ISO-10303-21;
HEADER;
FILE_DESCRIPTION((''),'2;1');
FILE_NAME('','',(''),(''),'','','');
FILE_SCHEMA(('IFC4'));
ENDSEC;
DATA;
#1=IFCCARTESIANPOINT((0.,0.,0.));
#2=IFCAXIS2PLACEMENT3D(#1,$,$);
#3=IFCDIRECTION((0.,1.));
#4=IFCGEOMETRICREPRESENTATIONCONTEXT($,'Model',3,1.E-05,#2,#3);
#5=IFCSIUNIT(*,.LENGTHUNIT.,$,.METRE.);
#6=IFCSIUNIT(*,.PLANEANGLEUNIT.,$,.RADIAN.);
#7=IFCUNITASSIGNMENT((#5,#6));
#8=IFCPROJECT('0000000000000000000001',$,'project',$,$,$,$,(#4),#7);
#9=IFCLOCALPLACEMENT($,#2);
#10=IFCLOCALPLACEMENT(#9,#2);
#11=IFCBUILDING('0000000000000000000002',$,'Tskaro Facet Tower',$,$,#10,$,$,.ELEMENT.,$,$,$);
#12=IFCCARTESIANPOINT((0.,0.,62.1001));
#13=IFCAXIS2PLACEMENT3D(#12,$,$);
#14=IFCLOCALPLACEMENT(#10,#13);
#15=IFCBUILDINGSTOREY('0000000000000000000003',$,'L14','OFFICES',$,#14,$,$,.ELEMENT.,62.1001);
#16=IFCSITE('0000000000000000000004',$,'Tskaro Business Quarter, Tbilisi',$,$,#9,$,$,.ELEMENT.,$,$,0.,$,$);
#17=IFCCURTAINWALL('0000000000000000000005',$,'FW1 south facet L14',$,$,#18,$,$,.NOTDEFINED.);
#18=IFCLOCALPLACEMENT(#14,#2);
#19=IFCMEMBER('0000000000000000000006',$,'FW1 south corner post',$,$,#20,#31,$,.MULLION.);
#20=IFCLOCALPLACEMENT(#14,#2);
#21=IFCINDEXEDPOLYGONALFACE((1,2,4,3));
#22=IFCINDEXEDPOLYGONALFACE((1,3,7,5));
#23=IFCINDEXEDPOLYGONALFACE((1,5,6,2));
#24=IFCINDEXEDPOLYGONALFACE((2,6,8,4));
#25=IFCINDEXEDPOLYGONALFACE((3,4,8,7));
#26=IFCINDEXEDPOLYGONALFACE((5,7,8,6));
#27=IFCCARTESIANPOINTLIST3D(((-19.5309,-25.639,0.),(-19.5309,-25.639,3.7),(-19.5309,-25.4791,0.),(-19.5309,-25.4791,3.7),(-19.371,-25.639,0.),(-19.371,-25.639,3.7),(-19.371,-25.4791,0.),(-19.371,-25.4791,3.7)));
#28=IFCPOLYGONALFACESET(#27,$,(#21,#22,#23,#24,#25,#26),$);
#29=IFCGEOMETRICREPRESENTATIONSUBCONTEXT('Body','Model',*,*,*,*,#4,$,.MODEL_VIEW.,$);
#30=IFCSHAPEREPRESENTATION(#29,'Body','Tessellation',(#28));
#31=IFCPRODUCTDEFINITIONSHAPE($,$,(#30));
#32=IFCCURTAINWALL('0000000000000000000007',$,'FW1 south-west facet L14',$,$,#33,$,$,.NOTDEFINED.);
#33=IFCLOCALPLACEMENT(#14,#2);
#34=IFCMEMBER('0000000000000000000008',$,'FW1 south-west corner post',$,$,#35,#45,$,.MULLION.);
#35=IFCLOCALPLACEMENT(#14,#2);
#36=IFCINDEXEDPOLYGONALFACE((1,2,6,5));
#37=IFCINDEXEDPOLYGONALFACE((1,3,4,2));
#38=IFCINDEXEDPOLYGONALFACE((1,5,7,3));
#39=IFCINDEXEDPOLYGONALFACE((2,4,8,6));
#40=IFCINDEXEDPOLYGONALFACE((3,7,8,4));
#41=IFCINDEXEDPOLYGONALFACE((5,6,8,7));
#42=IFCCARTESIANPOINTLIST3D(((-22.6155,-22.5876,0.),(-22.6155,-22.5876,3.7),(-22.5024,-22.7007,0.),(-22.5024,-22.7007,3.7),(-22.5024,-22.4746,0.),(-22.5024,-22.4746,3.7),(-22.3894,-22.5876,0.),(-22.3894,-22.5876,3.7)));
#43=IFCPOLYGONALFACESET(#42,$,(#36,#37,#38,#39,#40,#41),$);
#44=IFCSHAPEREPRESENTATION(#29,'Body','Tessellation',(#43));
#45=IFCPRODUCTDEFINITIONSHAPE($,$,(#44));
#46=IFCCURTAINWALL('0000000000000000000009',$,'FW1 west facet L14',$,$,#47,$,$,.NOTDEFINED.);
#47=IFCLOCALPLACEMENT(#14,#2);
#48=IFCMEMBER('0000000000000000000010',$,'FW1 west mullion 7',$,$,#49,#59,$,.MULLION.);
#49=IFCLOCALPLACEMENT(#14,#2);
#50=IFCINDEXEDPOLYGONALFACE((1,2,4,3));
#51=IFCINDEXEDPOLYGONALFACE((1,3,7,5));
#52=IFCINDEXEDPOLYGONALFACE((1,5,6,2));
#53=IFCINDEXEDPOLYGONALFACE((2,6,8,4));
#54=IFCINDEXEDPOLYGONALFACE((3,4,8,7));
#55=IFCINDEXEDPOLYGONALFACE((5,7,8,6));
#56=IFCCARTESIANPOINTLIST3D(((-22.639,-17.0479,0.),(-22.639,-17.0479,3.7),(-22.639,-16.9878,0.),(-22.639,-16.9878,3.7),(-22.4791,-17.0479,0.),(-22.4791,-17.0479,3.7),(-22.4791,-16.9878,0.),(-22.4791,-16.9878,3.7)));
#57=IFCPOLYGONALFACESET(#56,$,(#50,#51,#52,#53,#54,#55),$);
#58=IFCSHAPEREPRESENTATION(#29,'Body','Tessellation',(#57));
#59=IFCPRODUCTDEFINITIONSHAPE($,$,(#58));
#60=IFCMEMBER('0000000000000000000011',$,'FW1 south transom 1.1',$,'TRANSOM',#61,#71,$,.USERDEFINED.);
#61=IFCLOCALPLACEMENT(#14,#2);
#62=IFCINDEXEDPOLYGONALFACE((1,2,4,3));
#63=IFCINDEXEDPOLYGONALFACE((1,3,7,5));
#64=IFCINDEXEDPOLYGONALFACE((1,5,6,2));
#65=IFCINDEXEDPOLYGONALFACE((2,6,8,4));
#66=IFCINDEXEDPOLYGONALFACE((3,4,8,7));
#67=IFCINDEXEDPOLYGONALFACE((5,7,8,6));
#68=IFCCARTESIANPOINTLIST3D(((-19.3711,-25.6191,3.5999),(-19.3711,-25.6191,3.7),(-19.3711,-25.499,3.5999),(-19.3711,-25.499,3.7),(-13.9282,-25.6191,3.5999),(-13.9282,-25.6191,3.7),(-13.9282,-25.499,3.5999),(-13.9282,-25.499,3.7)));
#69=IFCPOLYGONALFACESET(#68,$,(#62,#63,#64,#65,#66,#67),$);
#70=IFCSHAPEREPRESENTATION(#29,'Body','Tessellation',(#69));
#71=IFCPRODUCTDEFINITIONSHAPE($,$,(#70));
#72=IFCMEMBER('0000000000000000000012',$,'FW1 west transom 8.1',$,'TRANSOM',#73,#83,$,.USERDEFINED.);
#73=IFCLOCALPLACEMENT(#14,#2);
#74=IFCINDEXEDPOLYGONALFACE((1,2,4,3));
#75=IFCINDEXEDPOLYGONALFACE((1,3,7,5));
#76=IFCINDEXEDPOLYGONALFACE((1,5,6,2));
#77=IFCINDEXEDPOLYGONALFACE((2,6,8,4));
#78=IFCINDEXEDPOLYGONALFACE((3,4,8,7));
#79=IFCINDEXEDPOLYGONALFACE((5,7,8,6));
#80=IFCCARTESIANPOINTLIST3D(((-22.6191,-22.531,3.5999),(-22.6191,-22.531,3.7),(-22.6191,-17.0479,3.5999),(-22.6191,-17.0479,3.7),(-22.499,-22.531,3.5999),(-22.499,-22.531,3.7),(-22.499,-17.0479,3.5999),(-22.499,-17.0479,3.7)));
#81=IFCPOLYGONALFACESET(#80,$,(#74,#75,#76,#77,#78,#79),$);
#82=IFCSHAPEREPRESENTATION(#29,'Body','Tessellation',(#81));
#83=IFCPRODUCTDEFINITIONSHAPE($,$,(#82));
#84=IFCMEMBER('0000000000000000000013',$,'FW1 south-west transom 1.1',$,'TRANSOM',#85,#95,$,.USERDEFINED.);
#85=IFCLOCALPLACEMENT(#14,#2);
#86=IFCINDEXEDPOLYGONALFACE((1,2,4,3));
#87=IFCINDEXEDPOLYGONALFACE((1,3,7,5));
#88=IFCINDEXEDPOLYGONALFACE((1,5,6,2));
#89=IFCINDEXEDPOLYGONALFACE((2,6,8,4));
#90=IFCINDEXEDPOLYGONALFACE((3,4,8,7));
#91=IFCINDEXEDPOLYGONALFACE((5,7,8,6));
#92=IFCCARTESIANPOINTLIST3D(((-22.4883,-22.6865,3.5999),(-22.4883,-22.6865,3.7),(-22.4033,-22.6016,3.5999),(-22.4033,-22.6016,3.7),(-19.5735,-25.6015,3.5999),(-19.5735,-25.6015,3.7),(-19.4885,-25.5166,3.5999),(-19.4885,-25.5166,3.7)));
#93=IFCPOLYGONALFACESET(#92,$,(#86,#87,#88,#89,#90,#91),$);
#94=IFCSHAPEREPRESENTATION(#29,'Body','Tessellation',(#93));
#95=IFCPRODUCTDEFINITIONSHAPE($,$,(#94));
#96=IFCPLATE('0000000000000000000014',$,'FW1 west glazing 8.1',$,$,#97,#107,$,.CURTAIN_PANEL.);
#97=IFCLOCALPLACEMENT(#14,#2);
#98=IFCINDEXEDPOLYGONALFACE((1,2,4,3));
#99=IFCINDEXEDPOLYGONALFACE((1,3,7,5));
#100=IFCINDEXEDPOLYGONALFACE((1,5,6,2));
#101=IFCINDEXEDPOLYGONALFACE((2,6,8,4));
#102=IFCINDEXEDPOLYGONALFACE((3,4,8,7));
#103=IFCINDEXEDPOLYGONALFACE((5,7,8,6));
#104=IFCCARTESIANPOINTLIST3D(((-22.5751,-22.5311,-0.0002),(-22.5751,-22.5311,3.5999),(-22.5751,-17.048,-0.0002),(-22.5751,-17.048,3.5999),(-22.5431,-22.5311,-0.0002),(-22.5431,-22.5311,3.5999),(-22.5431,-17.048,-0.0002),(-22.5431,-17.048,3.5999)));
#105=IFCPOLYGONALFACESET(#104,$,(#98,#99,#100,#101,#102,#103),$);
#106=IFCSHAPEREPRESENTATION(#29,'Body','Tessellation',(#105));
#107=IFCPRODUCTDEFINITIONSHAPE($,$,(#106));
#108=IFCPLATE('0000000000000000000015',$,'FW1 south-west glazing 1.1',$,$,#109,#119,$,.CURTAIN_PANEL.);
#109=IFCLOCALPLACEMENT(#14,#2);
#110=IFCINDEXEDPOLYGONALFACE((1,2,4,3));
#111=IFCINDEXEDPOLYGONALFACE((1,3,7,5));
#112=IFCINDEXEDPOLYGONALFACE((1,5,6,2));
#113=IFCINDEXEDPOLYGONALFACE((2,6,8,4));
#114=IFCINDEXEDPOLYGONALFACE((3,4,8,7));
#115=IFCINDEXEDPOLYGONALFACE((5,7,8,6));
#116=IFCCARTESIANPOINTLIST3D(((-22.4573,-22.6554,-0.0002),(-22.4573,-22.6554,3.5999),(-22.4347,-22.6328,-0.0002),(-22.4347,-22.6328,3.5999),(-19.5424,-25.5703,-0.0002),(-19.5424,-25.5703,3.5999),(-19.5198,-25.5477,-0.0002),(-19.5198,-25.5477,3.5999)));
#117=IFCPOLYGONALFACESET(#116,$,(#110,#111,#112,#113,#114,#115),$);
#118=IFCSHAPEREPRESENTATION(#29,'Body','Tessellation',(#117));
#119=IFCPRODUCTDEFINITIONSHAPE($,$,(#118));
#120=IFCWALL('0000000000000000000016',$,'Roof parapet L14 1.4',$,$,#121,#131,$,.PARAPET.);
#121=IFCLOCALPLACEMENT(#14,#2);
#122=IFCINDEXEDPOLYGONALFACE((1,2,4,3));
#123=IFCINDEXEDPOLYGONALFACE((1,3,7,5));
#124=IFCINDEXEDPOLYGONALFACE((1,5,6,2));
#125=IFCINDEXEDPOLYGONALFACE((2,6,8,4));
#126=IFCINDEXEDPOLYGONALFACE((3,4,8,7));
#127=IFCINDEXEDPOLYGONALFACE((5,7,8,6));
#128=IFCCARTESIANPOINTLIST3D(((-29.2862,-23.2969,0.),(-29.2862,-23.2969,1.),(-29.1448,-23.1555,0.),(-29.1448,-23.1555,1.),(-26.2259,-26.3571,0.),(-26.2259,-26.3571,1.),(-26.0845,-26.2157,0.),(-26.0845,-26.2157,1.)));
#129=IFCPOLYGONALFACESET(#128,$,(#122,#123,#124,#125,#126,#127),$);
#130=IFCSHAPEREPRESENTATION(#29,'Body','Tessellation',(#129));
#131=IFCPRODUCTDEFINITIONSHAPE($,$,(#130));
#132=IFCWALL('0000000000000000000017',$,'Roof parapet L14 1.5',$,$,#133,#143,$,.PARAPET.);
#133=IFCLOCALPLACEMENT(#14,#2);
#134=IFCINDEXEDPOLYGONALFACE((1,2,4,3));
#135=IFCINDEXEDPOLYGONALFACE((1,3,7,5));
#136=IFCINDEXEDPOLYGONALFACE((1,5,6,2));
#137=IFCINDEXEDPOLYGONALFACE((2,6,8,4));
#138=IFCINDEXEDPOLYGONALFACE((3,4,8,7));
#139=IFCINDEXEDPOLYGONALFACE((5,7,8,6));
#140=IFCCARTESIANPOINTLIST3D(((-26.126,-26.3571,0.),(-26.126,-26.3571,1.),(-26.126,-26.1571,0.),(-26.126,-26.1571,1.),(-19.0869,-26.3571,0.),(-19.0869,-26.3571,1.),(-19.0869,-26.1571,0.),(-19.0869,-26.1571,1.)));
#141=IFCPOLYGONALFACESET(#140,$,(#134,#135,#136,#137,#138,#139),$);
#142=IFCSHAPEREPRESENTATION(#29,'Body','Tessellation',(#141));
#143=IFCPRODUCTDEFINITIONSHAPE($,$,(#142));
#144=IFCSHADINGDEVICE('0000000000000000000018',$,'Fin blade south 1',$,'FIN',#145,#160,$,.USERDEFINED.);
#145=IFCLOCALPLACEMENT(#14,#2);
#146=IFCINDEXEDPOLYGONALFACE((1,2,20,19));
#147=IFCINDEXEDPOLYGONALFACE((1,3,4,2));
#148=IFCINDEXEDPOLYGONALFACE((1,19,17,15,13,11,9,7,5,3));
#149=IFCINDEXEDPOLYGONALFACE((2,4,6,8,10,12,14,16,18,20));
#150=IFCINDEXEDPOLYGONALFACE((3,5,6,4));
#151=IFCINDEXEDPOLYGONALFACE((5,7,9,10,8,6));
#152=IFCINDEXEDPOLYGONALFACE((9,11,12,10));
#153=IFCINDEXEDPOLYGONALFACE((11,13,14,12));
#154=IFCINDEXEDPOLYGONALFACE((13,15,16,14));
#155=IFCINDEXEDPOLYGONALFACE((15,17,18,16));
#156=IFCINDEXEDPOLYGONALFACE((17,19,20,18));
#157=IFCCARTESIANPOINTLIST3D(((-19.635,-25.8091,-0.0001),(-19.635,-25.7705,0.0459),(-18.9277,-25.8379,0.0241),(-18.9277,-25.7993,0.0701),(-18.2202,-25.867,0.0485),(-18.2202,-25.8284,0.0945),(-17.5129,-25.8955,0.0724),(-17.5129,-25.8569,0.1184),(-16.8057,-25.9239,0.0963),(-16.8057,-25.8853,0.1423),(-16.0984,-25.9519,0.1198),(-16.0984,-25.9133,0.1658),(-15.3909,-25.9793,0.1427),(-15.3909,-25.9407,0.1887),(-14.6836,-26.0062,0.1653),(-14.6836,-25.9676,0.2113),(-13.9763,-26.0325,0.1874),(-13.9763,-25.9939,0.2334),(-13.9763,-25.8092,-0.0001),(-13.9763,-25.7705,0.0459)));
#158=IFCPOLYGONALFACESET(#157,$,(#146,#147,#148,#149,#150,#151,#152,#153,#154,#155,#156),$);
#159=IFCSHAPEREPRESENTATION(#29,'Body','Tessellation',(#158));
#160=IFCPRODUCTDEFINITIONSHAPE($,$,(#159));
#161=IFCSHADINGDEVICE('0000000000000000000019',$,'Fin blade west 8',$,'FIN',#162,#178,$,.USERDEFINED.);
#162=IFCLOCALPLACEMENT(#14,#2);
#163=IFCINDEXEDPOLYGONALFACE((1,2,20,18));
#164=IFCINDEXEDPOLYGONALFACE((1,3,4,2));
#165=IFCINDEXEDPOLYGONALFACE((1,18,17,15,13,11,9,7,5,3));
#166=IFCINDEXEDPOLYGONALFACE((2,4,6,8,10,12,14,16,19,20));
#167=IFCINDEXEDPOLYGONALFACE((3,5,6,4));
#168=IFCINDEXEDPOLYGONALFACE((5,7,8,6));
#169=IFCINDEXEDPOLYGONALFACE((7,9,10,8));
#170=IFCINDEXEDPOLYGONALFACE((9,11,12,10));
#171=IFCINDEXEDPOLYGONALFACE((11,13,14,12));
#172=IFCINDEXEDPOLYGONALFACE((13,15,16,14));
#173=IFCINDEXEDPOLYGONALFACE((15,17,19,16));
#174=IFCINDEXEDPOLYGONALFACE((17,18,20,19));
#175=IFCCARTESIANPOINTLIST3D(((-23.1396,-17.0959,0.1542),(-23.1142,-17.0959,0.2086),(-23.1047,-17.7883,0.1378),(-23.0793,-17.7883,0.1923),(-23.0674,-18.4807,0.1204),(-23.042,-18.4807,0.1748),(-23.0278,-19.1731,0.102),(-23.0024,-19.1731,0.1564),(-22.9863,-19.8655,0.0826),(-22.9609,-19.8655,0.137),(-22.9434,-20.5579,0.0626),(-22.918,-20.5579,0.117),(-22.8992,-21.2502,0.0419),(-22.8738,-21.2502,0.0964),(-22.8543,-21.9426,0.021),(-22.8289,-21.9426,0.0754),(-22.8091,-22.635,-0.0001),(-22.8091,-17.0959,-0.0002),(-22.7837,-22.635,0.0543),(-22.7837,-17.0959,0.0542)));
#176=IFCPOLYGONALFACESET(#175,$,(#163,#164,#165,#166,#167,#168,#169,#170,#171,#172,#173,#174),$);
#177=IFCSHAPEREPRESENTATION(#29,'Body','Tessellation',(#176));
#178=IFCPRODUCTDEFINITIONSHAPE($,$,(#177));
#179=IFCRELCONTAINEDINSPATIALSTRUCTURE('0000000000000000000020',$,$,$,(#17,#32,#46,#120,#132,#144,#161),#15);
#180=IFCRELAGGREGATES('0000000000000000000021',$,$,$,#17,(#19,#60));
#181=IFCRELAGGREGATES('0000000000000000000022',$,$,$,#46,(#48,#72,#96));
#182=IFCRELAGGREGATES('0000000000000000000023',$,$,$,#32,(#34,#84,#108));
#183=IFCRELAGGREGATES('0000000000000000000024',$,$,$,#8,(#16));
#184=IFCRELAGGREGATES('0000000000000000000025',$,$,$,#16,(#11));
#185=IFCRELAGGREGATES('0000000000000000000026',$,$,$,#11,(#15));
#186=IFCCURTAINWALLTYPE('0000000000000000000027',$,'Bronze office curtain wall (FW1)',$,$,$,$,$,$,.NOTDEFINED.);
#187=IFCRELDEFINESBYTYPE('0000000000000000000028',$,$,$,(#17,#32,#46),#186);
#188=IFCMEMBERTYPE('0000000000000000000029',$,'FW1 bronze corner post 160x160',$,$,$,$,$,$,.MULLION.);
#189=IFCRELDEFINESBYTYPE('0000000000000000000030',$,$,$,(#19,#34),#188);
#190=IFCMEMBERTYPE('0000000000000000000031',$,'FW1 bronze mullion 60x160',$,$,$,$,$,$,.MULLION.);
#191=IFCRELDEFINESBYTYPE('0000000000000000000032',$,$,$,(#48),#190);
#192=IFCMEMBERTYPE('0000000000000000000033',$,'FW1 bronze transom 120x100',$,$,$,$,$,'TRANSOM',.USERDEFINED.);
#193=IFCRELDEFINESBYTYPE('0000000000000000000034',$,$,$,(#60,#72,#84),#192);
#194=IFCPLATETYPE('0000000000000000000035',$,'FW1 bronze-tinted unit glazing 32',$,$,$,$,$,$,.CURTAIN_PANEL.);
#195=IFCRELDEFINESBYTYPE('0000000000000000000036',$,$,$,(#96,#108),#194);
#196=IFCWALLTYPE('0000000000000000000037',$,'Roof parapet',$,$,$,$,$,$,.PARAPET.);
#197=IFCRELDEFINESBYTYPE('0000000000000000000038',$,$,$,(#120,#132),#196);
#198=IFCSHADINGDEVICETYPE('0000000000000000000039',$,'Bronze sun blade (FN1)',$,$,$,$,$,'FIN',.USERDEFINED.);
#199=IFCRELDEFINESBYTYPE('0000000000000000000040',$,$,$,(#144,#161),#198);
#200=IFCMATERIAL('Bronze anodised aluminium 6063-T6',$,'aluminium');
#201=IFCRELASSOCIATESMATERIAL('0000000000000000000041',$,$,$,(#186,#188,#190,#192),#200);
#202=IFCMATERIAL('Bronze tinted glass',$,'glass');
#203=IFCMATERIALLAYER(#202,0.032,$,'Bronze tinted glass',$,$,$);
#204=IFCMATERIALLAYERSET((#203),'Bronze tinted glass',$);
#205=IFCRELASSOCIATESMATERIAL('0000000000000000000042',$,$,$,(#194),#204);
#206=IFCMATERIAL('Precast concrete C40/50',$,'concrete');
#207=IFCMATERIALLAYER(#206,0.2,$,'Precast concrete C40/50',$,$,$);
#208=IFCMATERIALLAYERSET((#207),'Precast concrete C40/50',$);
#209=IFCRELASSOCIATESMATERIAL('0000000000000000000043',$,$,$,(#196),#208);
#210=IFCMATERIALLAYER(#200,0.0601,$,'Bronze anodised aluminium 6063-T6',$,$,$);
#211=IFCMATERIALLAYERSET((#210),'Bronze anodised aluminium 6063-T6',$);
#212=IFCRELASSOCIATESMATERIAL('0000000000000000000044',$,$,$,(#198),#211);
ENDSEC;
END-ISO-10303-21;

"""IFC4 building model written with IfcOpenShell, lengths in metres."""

from ifc_helpers import new_model, si_unit, direction, frame, frame_2d, origin, origin_2d, place, context, subcontext, project, spatial, polyline, rectangle, outline, extrude, material, layer, layer_set, material_profile, profile_set, type_object, element, aggregate, save


model = new_model("IFC4")

# Units and contexts
model_context = context("Model", 3, precision=1e-05, world=origin(), true_north=direction((0.0, 1.0)))
body_context = subcontext(model_context, "Body", "Model", "MODEL_VIEW")
ifc_project = project(units=[si_unit("LENGTHUNIT", "METRE"), si_unit("PLANEANGLEUNIT", "RADIAN")], contexts=[model_context])

# Site, building, storey
site_placement = place(None, origin())
site = spatial("IfcSite", under=ifc_project, at=site_placement, Name="Tskaro Business Quarter, Tbilisi", CompositionType="ELEMENT", RefElevation=0.0)
building_placement = place(site_placement, origin())
building = spatial("IfcBuilding", under=site, at=building_placement, Name="Tskaro Facet Tower", CompositionType="ELEMENT")
storey_placement = place(building_placement, frame((0.0, 0.0, 62.1001)))
storey = spatial("IfcBuildingStorey", under=building, at=storey_placement, Name="L14", Description="OFFICES", CompositionType="ELEMENT", Elevation=62.1001)

# Curtain walls, members
ifc_material_1 = material(Name="Bronze anodised aluminium 6063-T6", Category="aluminium")
curtain_wall_type = type_object("IfcCurtainWallType", Name="Bronze office curtain wall (FW1)", PredefinedType="NOTDEFINED", material=ifc_material_1)
curtain_wall_1_placement = place(storey_placement, origin())
curtain_wall_1 = element("IfcCurtainWall", 1, at=curtain_wall_1_placement, inside=storey, type_object=curtain_wall_type, Name="FW1 south facet L14", PredefinedType="NOTDEFINED")
ifc_material_profile_1 = material_profile(ifc_material_1, rectangle(XDim=0.1599, YDim=0.1599, at=origin_2d()), Name="Corner post 160x160")
ifc_profile_set_1 = profile_set([ifc_material_profile_1], Name="Bronze anodised aluminium 6063-T6")
member_type_1 = type_object("IfcMemberType", Name="FW1 bronze corner post 160x160", PredefinedType="MULLION", material=ifc_profile_set_1)
member_1_placement = place(storey_placement, frame((-19.4509, -25.5591, 0.0), z_axis=(0.0, 0.0, 1.0), x_axis=(1.0, 0.0, 0.0)))
member_1 = element("IfcMember", 2, at=member_1_placement, type_object=member_type_1, Name="FW1 south corner post", PredefinedType="MULLION", context=body_context, shape_type="SweptSolid", body=[
    extrude(rectangle(XDim=0.1599, YDim=0.1599, at=origin_2d()), origin(), (0.0, 0.0, 1.0), 3.7),
])
curtain_wall_2_placement = place(storey_placement, origin())
curtain_wall_2 = element("IfcCurtainWall", 3, at=curtain_wall_2_placement, inside=storey, type_object=curtain_wall_type, Name="FW1 south-west facet L14", PredefinedType="NOTDEFINED")
member_2_placement = place(storey_placement, frame((-22.5024, -22.5876, 0.0), z_axis=(0.0, 0.0, 1.0), x_axis=(0.707107, -0.707107, 0.0)))
member_2 = element("IfcMember", 4, at=member_2_placement, type_object=member_type_1, Name="FW1 south-west corner post", PredefinedType="MULLION", context=body_context, shape_type="SweptSolid", body=[
    extrude(rectangle(XDim=0.1599, YDim=0.1599, at=origin_2d()), origin(), (0.0, 0.0, 1.0), 3.7),
])
curtain_wall_3_placement = place(storey_placement, origin())
curtain_wall_3 = element("IfcCurtainWall", 5, at=curtain_wall_3_placement, inside=storey, type_object=curtain_wall_type, Name="FW1 west facet L14", PredefinedType="NOTDEFINED")
ifc_material_profile_2 = material_profile(ifc_material_1, rectangle(XDim=0.0601, YDim=0.1599, at=origin_2d()), Name="Mullion 60x160")
ifc_profile_set_2 = profile_set([ifc_material_profile_2], Name="Bronze anodised aluminium 6063-T6")
member_type_2 = type_object("IfcMemberType", Name="FW1 bronze mullion 60x160", PredefinedType="MULLION", material=ifc_profile_set_2)
member_3_placement = place(storey_placement, frame((-22.5591, -17.0178, 0.0), z_axis=(0.0, 0.0, 1.0), x_axis=(0.0, -1.0, 0.0)))
member_3 = element("IfcMember", 6, at=member_3_placement, type_object=member_type_2, Name="FW1 west mullion 7", PredefinedType="MULLION", context=body_context, shape_type="SweptSolid", body=[
    extrude(rectangle(XDim=0.0601, YDim=0.1599, at=origin_2d()), origin(), (0.0, 0.0, 1.0), 3.7),
])

# Members
ifc_material_profile_3 = material_profile(ifc_material_1, rectangle(XDim=0.1201, YDim=0.1001, at=origin_2d()), Name="Transom 120x100")
ifc_profile_set_3 = profile_set([ifc_material_profile_3], Name="Bronze anodised aluminium 6063-T6")
member_type_3 = type_object("IfcMemberType", Name="FW1 bronze transom 120x100", ElementType="TRANSOM", PredefinedType="USERDEFINED", material=ifc_profile_set_3)
member_4_placement = place(storey_placement, frame((-19.3711, -25.5591, 3.6499), z_axis=(1.0, 0.0, 0.0), x_axis=(0.0, 1.0, 0.0)))
member_4 = element("IfcMember", 7, at=member_4_placement, type_object=member_type_3, Name="FW1 south transom 1.1", ObjectType="TRANSOM", PredefinedType="USERDEFINED", context=body_context, shape_type="SweptSolid", body=[
    extrude(rectangle(XDim=0.1201, YDim=0.1001, at=origin_2d()), origin(), (0.0, 0.0, 1.0), 5.4429),
])
aggregate(curtain_wall_1, [member_1, member_4])
member_5_placement = place(storey_placement, frame((-22.5591, -17.0479, 3.6499), z_axis=(0.0, -1.0, 0.0), x_axis=(1.0, 0.0, 0.0)))
member_5 = element("IfcMember", 8, at=member_5_placement, type_object=member_type_3, Name="FW1 west transom 8.1", ObjectType="TRANSOM", PredefinedType="USERDEFINED", context=body_context, shape_type="SweptSolid", body=[
    extrude(rectangle(XDim=0.1201, YDim=0.1001, at=origin_2d()), origin(), (0.0, 0.0, 1.0), 5.4832),
])
member_6_placement = place(storey_placement, frame((-22.4458, -22.644, 3.6499), z_axis=(0.707077, -0.707136, 0.0), x_axis=(0.707136, 0.707077, 0.0)))
member_6 = element("IfcMember", 9, at=member_6_placement, type_object=member_type_3, Name="FW1 south-west transom 1.1", ObjectType="TRANSOM", PredefinedType="USERDEFINED", context=body_context, shape_type="SweptSolid", body=[
    extrude(rectangle(XDim=0.1201, YDim=0.1001, at=origin_2d()), origin(), (0.0, 0.0, 1.0), 4.1223),
])

# Plates
ifc_material_2 = material(Name="Bronze tinted glass", Category="glass")
ifc_layer_1 = layer(ifc_material_2, 0.032, Name="Bronze tinted glass")
ifc_layer_set_1 = layer_set([ifc_layer_1], Name="Bronze tinted glass")
plate_type = type_object("IfcPlateType", Name="FW1 bronze-tinted unit glazing 32", PredefinedType="CURTAIN_PANEL", material=ifc_layer_set_1)
plate_1_placement = place(storey_placement, frame((-22.5591, -19.7896, -0.0002), z_axis=(0.0, 0.0, 1.0), x_axis=(0.0, -1.0, 0.0)))
plate_1 = element("IfcPlate", 10, at=plate_1_placement, type_object=plate_type, Name="FW1 west glazing 8.1", PredefinedType="CURTAIN_PANEL", context=body_context, shape_type="SweptSolid", body=[
    extrude(rectangle(XDim=5.4832, YDim=0.032, at=origin_2d()), origin(), (0.0, 0.0, 1.0), 3.6001),
])
aggregate(curtain_wall_3, [member_3, member_5, plate_1])
plate_2_placement = place(storey_placement, frame((-20.9885, -24.1016, -0.0002), z_axis=(0.0, 0.0, 1.0), x_axis=(0.707107, -0.707107, 0.0)))
plate_2 = element("IfcPlate", 11, at=plate_2_placement, type_object=plate_type, Name="FW1 south-west glazing 1.1", PredefinedType="CURTAIN_PANEL", context=body_context, shape_type="SweptSolid", body=[
    extrude(rectangle(XDim=4.1223, YDim=0.032, at=origin_2d()), origin(), (0.0, 0.0, 1.0), 3.6001),
])
aggregate(curtain_wall_2, [member_2, member_6, plate_2])

# Walls
ifc_material_3 = material(Name="Precast concrete C40/50", Category="concrete")
ifc_layer_2 = layer(ifc_material_3, 0.2, Name="Precast concrete C40/50")
ifc_layer_set_2 = layer_set([ifc_layer_2], Name="Precast concrete C40/50")
wall_type = type_object("IfcWallType", Name="Roof parapet", PredefinedType="PARAPET", material=ifc_layer_set_2)
wall_1_placement = place(storey_placement, frame((-29.2156, -23.2261, 0.0), z_axis=(0.0, 0.0, 1.0), x_axis=(0.707107, -0.707107, 0.0)))
element("IfcWall", 12, at=wall_1_placement, inside=storey, type_object=wall_type, Name="Roof parapet L14 1.4", PredefinedType="PARAPET", context=body_context, shape_type="SweptSolid", body=[
    extrude(rectangle(XDim=4.3279, YDim=0.2, at=frame_2d((2.1641, 0.0))), origin(), (0.0, 0.0, 1.0), 1.0),
])
wall_2_placement = place(storey_placement, frame((-26.126, -26.2571, 0.0), z_axis=(0.0, 0.0, 1.0), x_axis=(1.0, 0.0, 0.0)))
element("IfcWall", 13, at=wall_2_placement, inside=storey, type_object=wall_type, Name="Roof parapet L14 1.5", PredefinedType="PARAPET", context=body_context, shape_type="SweptSolid", body=[
    extrude(rectangle(XDim=7.0391, YDim=0.2, at=frame_2d((3.5195, 0.0))), origin(), (0.0, 0.0, 1.0), 1.0),
])

# Shading devices
ifc_layer_3 = layer(ifc_material_1, 0.0601, Name="Bronze anodised aluminium 6063-T6")
ifc_layer_set_3 = layer_set([ifc_layer_3], Name="Bronze anodised aluminium 6063-T6")
shading_device_type = type_object("IfcShadingDeviceType", Name="Bronze sun blade (FN1)", ElementType="FIN", PredefinedType="USERDEFINED", material=ifc_layer_set_3)
shading_device_1_placement = place(storey_placement, frame((-19.635, -25.7705, 0.0459), z_axis=(0.000008, 0.643021, 0.765849), x_axis=(1.0, -0.000005, -0.000006)))
element("IfcShadingDevice", 14, at=shading_device_1_placement, inside=storey, type_object=shading_device_type, Name="Fin blade south 1", ObjectType="FIN", PredefinedType="USERDEFINED", context=body_context, shape_type="SweptSolid", body=[
    extrude(outline(polyline([(0.0, 0.0), (5.6587, 0.0), (5.6587, -0.2916), (4.9514, -0.2573), (4.2441, -0.2222), (3.5366, -0.1865), (2.8293, -0.1499), (2.1221, -0.1128), (1.4148, -0.0756), (0.7073, -0.0376), (0.0, 0.0)])), origin(), (0.0, 0.0, -1.0), 0.0601),
])
shading_device_2_placement = place(storey_placement, frame((-22.7837, -17.0959, 0.0542), z_axis=(0.423157, 0.000016, 0.906057), x_axis=(0.000007, -1.0, 0.000014)))
element("IfcShadingDevice", 15, at=shading_device_2_placement, inside=storey, type_object=shading_device_type, Name="Fin blade west 8", ObjectType="FIN", PredefinedType="USERDEFINED", context=body_context, shape_type="SweptSolid", body=[
    extrude(outline(polyline([(0.0, 0.0), (5.5391, 0.0), (4.8467, -0.0499), (4.1543, -0.0995), (3.4619, -0.1482), (2.7695, -0.1956), (2.0771, -0.2414), (1.3848, -0.2851), (0.6924, -0.3262), (0.0, -0.3648), (0.0, 0.0)])), origin(), (0.0, 0.0, -1.0), 0.0601),
])

save(model, "model.ifc")
